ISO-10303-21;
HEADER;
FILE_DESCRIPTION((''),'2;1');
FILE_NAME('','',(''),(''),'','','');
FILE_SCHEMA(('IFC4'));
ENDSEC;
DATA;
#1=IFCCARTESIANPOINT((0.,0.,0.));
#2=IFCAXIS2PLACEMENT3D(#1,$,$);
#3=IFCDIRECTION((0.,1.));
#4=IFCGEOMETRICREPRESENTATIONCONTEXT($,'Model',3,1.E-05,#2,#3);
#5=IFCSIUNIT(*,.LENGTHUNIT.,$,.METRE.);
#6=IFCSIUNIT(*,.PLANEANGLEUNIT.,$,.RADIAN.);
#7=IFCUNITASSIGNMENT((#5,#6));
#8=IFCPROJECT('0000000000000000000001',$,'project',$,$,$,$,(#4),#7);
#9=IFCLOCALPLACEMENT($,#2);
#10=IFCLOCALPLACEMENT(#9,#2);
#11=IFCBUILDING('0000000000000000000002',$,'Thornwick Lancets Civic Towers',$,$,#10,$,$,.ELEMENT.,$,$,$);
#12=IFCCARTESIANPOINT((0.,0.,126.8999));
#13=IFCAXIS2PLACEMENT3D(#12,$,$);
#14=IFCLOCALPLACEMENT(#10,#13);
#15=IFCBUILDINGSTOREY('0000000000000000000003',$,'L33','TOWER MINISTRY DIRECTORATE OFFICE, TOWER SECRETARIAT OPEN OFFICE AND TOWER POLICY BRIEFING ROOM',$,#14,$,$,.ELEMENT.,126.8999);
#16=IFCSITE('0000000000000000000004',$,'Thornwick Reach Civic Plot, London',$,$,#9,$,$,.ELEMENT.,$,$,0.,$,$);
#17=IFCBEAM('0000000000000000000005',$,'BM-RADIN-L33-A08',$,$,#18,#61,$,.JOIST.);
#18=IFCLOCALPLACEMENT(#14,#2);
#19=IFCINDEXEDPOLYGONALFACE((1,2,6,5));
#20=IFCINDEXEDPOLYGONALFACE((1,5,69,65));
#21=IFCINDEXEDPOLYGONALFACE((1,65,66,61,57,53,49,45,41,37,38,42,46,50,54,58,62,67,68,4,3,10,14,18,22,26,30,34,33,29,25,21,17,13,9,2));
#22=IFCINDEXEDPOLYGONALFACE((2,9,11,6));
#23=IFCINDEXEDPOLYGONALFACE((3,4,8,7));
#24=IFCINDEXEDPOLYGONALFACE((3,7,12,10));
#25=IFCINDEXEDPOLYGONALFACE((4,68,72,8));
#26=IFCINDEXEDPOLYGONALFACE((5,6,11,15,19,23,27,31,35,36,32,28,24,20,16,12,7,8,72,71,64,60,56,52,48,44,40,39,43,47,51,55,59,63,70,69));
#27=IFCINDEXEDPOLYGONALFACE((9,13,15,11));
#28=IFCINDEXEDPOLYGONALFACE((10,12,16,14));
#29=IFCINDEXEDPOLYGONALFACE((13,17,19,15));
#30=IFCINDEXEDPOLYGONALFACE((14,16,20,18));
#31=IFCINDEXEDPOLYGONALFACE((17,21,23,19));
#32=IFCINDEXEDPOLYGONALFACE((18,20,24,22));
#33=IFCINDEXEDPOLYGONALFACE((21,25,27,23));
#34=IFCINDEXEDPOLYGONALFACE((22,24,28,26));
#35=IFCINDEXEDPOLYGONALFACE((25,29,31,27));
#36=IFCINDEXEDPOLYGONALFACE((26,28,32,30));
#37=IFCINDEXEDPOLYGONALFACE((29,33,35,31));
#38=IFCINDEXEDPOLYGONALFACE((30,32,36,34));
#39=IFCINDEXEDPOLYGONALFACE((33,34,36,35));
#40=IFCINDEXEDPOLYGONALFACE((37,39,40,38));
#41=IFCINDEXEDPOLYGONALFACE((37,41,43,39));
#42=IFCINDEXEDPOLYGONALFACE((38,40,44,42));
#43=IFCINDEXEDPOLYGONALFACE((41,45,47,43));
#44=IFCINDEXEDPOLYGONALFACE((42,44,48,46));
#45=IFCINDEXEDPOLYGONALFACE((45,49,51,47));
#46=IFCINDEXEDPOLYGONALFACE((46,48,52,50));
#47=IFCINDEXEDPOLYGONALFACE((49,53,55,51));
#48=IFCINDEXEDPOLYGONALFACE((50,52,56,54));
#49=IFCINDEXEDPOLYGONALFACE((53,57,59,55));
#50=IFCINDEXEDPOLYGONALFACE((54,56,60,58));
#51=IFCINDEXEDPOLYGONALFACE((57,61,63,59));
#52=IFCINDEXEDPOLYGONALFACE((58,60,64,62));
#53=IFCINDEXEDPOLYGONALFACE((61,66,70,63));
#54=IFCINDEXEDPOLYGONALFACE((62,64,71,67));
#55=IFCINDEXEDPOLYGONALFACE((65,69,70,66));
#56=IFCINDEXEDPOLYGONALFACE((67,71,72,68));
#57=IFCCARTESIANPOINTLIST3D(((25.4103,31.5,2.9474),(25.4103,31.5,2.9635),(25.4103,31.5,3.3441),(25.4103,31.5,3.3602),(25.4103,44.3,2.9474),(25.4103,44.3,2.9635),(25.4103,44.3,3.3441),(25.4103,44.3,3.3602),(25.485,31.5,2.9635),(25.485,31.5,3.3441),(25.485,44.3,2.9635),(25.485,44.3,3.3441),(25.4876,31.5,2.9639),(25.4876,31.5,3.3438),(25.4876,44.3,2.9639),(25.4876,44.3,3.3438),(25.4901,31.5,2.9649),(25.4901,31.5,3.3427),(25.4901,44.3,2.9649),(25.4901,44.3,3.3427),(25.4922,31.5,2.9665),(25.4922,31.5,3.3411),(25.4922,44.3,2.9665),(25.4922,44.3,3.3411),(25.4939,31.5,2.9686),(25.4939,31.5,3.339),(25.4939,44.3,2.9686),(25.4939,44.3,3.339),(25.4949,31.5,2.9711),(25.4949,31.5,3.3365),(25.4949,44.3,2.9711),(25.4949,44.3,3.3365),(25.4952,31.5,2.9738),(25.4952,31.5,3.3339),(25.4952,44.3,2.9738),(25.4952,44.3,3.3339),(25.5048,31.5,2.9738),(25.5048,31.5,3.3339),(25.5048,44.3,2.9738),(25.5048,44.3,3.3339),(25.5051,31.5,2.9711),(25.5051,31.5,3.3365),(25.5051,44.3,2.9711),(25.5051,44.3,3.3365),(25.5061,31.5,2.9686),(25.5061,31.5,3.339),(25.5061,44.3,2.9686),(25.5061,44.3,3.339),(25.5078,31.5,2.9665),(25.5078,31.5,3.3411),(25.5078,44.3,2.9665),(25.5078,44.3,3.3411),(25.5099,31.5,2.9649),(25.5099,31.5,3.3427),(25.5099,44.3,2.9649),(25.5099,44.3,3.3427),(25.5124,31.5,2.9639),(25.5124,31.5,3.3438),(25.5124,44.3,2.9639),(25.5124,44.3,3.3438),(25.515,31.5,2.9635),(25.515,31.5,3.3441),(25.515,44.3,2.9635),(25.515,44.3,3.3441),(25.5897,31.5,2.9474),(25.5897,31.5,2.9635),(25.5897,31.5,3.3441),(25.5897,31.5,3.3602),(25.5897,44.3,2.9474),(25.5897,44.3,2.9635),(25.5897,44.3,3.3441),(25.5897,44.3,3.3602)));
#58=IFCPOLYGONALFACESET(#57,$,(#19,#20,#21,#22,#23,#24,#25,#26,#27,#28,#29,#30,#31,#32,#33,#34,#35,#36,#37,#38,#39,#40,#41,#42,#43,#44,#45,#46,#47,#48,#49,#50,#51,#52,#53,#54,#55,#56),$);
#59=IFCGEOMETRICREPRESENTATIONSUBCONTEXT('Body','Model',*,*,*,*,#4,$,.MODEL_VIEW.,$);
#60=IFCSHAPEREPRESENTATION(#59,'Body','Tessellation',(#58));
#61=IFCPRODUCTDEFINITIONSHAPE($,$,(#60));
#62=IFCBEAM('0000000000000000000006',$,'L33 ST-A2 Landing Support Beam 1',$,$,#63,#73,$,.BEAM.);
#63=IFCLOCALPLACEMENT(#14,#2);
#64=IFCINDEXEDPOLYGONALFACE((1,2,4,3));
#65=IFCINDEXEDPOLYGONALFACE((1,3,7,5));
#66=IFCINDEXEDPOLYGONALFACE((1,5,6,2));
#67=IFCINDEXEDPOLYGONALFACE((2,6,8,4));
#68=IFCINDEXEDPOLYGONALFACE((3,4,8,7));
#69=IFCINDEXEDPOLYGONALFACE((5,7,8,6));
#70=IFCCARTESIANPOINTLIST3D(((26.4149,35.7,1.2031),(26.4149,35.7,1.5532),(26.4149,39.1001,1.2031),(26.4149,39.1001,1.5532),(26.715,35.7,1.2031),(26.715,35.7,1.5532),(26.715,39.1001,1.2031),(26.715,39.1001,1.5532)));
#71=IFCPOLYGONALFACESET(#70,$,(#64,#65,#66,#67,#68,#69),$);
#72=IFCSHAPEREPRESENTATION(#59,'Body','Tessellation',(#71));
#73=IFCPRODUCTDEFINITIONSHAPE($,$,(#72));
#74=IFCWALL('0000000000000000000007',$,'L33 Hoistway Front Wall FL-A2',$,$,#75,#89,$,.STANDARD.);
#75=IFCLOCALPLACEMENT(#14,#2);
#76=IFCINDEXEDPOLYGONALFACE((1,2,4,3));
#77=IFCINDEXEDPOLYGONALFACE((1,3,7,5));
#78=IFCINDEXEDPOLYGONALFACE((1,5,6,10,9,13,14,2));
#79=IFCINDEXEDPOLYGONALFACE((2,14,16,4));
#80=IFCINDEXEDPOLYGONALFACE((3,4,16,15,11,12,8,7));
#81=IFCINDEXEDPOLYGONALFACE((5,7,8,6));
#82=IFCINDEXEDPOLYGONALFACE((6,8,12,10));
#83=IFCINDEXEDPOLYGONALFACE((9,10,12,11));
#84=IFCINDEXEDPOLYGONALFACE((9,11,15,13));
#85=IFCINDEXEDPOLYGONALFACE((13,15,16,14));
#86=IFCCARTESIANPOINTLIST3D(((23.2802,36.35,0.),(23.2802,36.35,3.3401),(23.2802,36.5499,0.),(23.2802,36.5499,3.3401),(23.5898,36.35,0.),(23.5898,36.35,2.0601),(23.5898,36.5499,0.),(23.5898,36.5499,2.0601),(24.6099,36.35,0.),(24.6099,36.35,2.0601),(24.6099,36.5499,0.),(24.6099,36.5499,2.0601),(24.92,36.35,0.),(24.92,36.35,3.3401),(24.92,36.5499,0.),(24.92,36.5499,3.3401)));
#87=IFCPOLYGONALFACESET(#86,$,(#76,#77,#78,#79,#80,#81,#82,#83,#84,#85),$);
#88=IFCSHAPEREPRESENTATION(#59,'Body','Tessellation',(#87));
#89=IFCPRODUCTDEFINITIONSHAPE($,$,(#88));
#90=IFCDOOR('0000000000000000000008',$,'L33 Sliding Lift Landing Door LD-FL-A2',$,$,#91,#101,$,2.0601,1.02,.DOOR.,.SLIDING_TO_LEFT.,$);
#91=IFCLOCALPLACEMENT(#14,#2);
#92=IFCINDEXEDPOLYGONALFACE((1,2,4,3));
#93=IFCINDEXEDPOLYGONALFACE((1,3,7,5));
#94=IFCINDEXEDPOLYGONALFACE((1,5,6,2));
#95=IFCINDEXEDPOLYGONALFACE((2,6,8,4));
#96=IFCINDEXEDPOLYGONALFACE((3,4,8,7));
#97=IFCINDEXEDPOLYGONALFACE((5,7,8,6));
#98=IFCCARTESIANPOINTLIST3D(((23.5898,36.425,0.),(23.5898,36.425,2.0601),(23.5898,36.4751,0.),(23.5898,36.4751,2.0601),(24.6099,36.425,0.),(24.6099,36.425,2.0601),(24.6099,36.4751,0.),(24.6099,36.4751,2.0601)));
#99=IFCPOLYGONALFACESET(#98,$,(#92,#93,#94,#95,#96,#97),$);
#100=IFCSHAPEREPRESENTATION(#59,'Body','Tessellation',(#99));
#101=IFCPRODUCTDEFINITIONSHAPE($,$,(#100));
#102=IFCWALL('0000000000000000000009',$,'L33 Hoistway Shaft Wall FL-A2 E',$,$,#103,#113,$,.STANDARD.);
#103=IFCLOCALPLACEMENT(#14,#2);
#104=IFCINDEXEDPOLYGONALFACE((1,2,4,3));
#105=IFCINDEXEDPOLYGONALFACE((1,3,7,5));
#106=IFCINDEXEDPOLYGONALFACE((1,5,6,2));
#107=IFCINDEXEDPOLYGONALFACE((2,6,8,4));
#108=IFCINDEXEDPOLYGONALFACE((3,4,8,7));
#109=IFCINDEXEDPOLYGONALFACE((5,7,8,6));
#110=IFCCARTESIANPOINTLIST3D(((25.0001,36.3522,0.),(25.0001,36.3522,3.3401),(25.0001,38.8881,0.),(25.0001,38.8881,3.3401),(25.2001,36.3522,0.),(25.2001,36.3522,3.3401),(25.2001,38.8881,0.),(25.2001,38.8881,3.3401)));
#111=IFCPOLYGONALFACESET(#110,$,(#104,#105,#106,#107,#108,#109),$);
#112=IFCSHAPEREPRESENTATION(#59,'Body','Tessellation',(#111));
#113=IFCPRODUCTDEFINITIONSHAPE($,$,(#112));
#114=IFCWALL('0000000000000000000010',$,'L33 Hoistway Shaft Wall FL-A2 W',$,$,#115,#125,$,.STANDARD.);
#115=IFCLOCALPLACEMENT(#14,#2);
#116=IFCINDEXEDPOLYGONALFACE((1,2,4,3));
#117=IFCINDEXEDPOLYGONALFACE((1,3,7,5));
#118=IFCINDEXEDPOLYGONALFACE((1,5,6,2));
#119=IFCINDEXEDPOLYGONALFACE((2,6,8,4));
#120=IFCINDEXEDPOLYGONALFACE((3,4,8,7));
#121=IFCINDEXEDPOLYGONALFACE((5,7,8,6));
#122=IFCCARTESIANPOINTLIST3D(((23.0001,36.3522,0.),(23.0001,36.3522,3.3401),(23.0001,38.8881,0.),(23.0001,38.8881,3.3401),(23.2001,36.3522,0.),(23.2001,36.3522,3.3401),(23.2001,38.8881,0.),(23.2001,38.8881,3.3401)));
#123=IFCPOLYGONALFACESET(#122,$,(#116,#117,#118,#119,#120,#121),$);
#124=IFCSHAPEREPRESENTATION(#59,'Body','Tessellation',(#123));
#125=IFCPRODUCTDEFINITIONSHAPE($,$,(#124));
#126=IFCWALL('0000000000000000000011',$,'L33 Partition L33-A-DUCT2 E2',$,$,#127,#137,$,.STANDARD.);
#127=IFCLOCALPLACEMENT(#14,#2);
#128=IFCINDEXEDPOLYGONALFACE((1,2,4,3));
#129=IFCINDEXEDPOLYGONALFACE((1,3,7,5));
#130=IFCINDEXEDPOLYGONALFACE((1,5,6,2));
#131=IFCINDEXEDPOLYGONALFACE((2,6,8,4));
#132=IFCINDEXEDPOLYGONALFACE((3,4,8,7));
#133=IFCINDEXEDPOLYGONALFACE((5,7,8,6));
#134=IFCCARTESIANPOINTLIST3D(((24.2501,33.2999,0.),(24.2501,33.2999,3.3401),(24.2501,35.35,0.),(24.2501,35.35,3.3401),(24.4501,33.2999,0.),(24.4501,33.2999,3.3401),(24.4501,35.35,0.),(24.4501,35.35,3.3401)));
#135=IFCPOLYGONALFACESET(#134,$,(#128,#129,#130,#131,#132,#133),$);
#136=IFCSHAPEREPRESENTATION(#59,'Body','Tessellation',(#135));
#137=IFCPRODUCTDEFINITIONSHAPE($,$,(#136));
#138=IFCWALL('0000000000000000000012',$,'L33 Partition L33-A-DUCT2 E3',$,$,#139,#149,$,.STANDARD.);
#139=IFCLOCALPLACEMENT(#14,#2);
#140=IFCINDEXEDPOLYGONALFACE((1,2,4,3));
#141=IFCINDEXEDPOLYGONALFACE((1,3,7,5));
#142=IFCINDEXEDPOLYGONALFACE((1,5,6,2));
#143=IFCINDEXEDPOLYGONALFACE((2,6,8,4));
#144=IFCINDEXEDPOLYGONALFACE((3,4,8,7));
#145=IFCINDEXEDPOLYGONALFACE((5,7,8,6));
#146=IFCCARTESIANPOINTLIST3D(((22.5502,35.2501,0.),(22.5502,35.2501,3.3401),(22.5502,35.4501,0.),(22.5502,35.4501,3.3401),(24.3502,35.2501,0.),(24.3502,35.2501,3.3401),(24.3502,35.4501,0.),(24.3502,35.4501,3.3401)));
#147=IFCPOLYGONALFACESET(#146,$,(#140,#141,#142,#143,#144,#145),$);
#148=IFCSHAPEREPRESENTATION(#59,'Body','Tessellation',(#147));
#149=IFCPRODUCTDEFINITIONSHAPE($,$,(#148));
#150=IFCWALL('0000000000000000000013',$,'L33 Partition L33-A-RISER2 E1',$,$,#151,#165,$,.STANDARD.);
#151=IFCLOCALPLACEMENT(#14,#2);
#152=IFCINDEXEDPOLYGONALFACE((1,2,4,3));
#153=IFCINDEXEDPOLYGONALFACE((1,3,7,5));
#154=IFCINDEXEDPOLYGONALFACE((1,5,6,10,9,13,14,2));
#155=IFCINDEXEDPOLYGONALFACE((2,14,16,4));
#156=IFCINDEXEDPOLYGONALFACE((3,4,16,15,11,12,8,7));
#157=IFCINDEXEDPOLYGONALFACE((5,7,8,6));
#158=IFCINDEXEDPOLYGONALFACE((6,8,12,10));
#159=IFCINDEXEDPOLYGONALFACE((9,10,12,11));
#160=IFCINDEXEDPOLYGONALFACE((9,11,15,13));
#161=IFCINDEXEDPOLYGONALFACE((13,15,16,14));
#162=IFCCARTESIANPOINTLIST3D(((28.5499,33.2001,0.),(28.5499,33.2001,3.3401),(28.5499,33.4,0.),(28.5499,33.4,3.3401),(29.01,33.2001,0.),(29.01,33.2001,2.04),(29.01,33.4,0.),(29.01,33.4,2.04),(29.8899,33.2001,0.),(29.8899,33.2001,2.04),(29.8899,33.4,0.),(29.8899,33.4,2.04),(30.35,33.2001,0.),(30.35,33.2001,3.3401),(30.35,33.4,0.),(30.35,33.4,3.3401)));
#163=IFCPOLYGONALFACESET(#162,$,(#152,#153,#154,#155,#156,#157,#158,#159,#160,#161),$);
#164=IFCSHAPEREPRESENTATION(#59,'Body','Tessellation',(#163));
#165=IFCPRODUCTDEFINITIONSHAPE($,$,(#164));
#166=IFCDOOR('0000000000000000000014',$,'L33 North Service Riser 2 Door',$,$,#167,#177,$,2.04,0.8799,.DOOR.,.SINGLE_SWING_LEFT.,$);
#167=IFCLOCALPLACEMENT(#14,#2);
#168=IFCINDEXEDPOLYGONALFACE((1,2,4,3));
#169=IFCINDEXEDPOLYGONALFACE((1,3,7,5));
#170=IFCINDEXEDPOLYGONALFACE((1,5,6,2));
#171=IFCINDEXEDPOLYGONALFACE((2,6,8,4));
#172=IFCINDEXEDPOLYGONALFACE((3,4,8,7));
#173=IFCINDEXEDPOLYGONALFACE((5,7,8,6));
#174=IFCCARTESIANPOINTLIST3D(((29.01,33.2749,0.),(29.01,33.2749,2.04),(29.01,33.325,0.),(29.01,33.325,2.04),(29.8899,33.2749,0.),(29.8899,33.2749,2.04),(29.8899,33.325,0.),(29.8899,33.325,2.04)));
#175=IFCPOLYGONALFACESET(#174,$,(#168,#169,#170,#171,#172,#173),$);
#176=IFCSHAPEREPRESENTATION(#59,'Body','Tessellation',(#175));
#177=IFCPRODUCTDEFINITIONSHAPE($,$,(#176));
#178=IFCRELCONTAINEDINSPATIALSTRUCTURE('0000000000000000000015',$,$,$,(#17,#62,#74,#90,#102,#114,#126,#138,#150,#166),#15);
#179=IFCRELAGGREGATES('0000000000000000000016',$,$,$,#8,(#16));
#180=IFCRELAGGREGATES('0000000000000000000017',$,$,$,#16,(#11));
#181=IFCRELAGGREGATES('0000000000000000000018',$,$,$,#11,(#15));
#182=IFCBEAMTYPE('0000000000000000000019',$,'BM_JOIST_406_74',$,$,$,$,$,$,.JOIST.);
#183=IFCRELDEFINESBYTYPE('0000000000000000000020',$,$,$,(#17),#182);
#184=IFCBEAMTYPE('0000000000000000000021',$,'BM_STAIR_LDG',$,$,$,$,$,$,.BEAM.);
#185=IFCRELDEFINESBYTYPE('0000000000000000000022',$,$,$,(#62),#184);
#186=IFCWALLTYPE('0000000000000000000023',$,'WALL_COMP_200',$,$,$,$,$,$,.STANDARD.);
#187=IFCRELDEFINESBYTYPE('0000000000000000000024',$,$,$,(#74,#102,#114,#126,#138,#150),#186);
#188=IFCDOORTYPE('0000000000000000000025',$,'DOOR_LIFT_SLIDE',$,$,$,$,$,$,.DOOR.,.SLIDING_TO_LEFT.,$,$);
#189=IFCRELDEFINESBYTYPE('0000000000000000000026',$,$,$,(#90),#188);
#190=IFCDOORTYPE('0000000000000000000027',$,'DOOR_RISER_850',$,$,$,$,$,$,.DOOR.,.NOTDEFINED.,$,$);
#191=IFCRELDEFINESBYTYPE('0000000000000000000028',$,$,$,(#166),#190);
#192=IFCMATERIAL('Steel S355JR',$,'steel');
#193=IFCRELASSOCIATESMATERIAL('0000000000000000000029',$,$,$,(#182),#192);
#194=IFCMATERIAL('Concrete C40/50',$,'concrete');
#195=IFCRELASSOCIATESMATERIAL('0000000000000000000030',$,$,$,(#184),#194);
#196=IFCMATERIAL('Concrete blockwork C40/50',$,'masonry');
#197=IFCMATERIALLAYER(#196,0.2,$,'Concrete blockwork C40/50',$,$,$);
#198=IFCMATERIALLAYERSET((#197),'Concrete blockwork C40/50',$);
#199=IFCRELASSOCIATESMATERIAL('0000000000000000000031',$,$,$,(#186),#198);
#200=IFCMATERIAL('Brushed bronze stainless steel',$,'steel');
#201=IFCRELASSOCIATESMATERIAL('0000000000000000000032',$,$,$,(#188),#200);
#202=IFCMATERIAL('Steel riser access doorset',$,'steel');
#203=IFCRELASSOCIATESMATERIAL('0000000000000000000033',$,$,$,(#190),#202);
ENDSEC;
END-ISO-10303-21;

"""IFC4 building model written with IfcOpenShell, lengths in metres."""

from ifc_helpers import new_model, si_unit, direction, frame, frame_2d, origin, origin_2d, place, context, subcontext, project, spatial, rectangle, i_section, extrude, material, layer, layer_set, material_profile, profile_set, type_object, element, fill, save


model = new_model("IFC4")

# Units and contexts
model_context = context("Model", 3, precision=1e-05, world=origin(), true_north=direction((0.0, 1.0)))
body_context = subcontext(model_context, "Body", "Model", "MODEL_VIEW")
ifc_project = project(units=[si_unit("LENGTHUNIT", "METRE"), si_unit("PLANEANGLEUNIT", "RADIAN")], contexts=[model_context])

# Site, building, storey
site_placement = place(None, origin())
site = spatial("IfcSite", under=ifc_project, at=site_placement, Name="Thornwick Reach Civic Plot, London", CompositionType="ELEMENT", RefElevation=0.0)
building_placement = place(site_placement, origin())
building = spatial("IfcBuilding", under=site, at=building_placement, Name="Thornwick Lancets Civic Towers", CompositionType="ELEMENT")
storey_placement = place(building_placement, frame((0.0, 0.0, 126.8999)))
storey = spatial("IfcBuildingStorey", under=building, at=storey_placement, Name="L33", Description="TOWER MINISTRY DIRECTORATE OFFICE, TOWER SECRETARIAT OPEN OFFICE AND TOWER POLICY BRIEFING ROOM", CompositionType="ELEMENT", Elevation=126.8999)

# Beams
ifc_material_1 = material(Name="Steel S355JR", Category="steel")
ifc_material_profile_1 = material_profile(ifc_material_1, i_section(OverallWidth=0.1794, OverallDepth=0.4128, WebThickness=0.0095, FlangeThickness=0.0161, FilletRadius=0.0103, at=origin_2d()), Name="UKB 406x178x74")
ifc_profile_set_1 = profile_set([ifc_material_profile_1], Name="Steel S355JR")
beam_type_1 = type_object("IfcBeamType", Name="BM_JOIST_406_74", PredefinedType="JOIST", material=ifc_profile_set_1)
beam_1_placement = place(storey_placement, frame((25.5, 31.5, 3.1538), z_axis=(0.0, 1.0, 0.0), x_axis=(-1.0, 0.0, 0.0)))
element("IfcBeam", 1, at=beam_1_placement, inside=storey, type_object=beam_type_1, Name="BM-RADIN-L33-A08", PredefinedType="JOIST", context=body_context, shape_type="SweptSolid", body=[
    extrude(i_section(OverallWidth=0.1794, OverallDepth=0.4128, WebThickness=0.0095, FlangeThickness=0.0161, FilletRadius=0.0103, at=origin_2d()), origin(), (0.0, 0.0, 1.0), 12.8),
])
ifc_material_2 = material(Name="Concrete C40/50", Category="concrete")
ifc_material_profile_2 = material_profile(ifc_material_2, rectangle(XDim=0.3, YDim=0.3501, at=origin_2d()), Name="RC 300x350")
ifc_profile_set_2 = profile_set([ifc_material_profile_2], Name="Concrete C40/50")
beam_type_2 = type_object("IfcBeamType", Name="BM_STAIR_LDG", PredefinedType="BEAM", material=ifc_profile_set_2)
beam_2_placement = place(storey_placement, frame((26.5649, 39.1001, 1.3782), z_axis=(0.0, -1.0, 0.0), x_axis=(1.0, 0.0, 0.0)))
element("IfcBeam", 2, at=beam_2_placement, inside=storey, type_object=beam_type_2, Name="L33 ST-A2 Landing Support Beam 1", PredefinedType="BEAM", context=body_context, shape_type="SweptSolid", body=[
    extrude(rectangle(XDim=0.3, YDim=0.3501, at=origin_2d()), origin(), (0.0, 0.0, 1.0), 3.4001),
])

# Wall, opening, door
ifc_material_3 = material(Name="Concrete blockwork C40/50", Category="masonry")
ifc_layer_1 = layer(ifc_material_3, 0.2, Name="Concrete blockwork C40/50")
ifc_layer_set_1 = layer_set([ifc_layer_1], Name="Concrete blockwork C40/50")
wall_type_1 = type_object("IfcWallType", Name="WALL_COMP_200", PredefinedType="STANDARD", material=ifc_layer_set_1)
wall_1_placement = place(storey_placement, frame((24.9199, 36.45, 0.0), z_axis=(0.0, 0.0, 1.0), x_axis=(-1.0, 0.0, 0.0)))
wall_1 = element("IfcWall", 3, at=wall_1_placement, inside=storey, type_object=wall_type_1, Name="L33 Hoistway Front Wall FL-A2", PredefinedType="STANDARD", context=body_context, shape_type="SweptSolid", body=[
    extrude(rectangle(XDim=1.6399, YDim=0.2, at=frame_2d((0.8198, 0.0))), origin(), (0.0, 0.0, 1.0), 3.3401),
])
opening_1_placement = place(wall_1_placement, frame((0.3101, 0.0, 0.0)))
opening_1 = element("IfcOpeningElement", 4, at=opening_1_placement, cuts=wall_1, PredefinedType="OPENING", context=body_context, shape_type="SweptSolid", body=[
    extrude(rectangle(XDim=1.02, YDim=2.0601, at=frame_2d((0.51, 1.03))), frame((0.0, 0.1099, 0.0), z_axis=(0.0, -1.0, 0.0), x_axis=(1.0, 0.0, 0.0)), (0.0, 0.0, 1.0), 0.22),
])
ifc_material_4 = material(Name="Brushed bronze stainless steel", Category="steel")
door_type_1 = type_object("IfcDoorType", Name="DOOR_LIFT_SLIDE", OperationType="SLIDING_TO_LEFT", PredefinedType="DOOR", material=ifc_material_4)
door_1_placement = place(opening_1_placement, origin())
door_1 = element("IfcDoor", 5, at=door_1_placement, inside=storey, type_object=door_type_1, Name="L33 Sliding Lift Landing Door LD-FL-A2", OperationType="SLIDING_TO_LEFT", OverallHeight=2.0601, OverallWidth=1.02, PredefinedType="DOOR", context=body_context, shape_type="SweptSolid", body=[
    extrude(rectangle(XDim=1.02, YDim=2.0601, at=frame_2d((0.51, 1.03))), frame((0.0, 0.0249, 0.0), z_axis=(0.0, -1.0, 0.0), x_axis=(1.0, 0.0, 0.0)), (0.0, 0.0, 1.0), 0.05),
])
fill(opening_1, door_1)

# Walls
for number, where, z_axis, x_axis, name in (
    (6, (25.1001, 36.3521, 0.0), (0.0, 0.0, 1.0), (0.0, 1.0, 0.0), "L33 Hoistway Shaft Wall FL-A2 E"),
    (7, (23.1001, 36.3521, 0.0), (0.0, 0.0, 1.0), (0.0, 1.0, 0.0), "L33 Hoistway Shaft Wall FL-A2 W"),
):
    element("IfcWall", number, at=place(storey_placement, frame(where, z_axis=z_axis, x_axis=x_axis)), inside=storey, type_object=wall_type_1, Name=name, PredefinedType="STANDARD", context=body_context, shape_type="SweptSolid", body=[
        extrude(rectangle(XDim=2.5359, YDim=0.2, at=frame_2d((1.2681, 0.0))), origin(), (0.0, 0.0, 1.0), 3.3401),
    ])
wall_2_placement = place(storey_placement, frame((24.3501, 33.3, 0.0), z_axis=(0.0, 0.0, 1.0), x_axis=(0.0, 1.0, 0.0)))
element("IfcWall", 8, at=wall_2_placement, inside=storey, type_object=wall_type_1, Name="L33 Partition L33-A-DUCT2 E2", PredefinedType="STANDARD", context=body_context, shape_type="SweptSolid", body=[
    extrude(rectangle(XDim=2.05, YDim=0.2, at=frame_2d((1.0249, 0.0))), origin(), (0.0, 0.0, 1.0), 3.3401),
])
wall_3_placement = place(storey_placement, frame((24.3501, 35.3501, 0.0), z_axis=(0.0, 0.0, 1.0), x_axis=(-1.0, 0.0, 0.0)))
element("IfcWall", 9, at=wall_3_placement, inside=storey, type_object=wall_type_1, Name="L33 Partition L33-A-DUCT2 E3", PredefinedType="STANDARD", context=body_context, shape_type="SweptSolid", body=[
    extrude(rectangle(XDim=1.8, YDim=0.2, at=frame_2d((0.8999, 0.0))), origin(), (0.0, 0.0, 1.0), 3.3401),
])

# Wall, opening, door
wall_4_placement = place(storey_placement, frame((28.55, 33.3, 0.0), z_axis=(0.0, 0.0, 1.0), x_axis=(1.0, 0.0, 0.0)))
wall_4 = element("IfcWall", 10, at=wall_4_placement, inside=storey, type_object=wall_type_1, Name="L33 Partition L33-A-RISER2 E1", PredefinedType="STANDARD", context=body_context, shape_type="SweptSolid", body=[
    extrude(rectangle(XDim=1.8, YDim=0.2, at=frame_2d((0.8999, 0.0))), origin(), (0.0, 0.0, 1.0), 3.3401),
])
opening_2_placement = place(wall_4_placement, frame((0.46, 0.0, 0.0)))
opening_2 = element("IfcOpeningElement", 11, at=opening_2_placement, cuts=wall_4, PredefinedType="OPENING", context=body_context, shape_type="SweptSolid", body=[
    extrude(rectangle(XDim=0.8799, YDim=2.04, at=frame_2d((0.4399, 1.02))), frame((0.0, 0.1099, 0.0), z_axis=(0.0, -1.0, 0.0), x_axis=(1.0, 0.0, 0.0)), (0.0, 0.0, 1.0), 0.22),
])
ifc_material_5 = material(Name="Steel riser access doorset", Category="steel")
door_type_2 = type_object("IfcDoorType", Name="DOOR_RISER_850", OperationType="NOTDEFINED", PredefinedType="DOOR", material=ifc_material_5)
door_2_placement = place(opening_2_placement, origin())
door_2 = element("IfcDoor", 12, at=door_2_placement, inside=storey, type_object=door_type_2, Name="L33 North Service Riser 2 Door", OperationType="SINGLE_SWING_LEFT", OverallHeight=2.04, OverallWidth=0.8799, PredefinedType="DOOR", context=body_context, shape_type="SweptSolid", body=[
    extrude(rectangle(XDim=0.8799, YDim=2.04, at=frame_2d((0.4399, 1.02))), frame((0.0, 0.0249, 0.0), z_axis=(0.0, -1.0, 0.0), x_axis=(1.0, 0.0, 0.0)), (0.0, 0.0, 1.0), 0.05),
])
fill(opening_2, door_2)

save(model, "model.ifc")
